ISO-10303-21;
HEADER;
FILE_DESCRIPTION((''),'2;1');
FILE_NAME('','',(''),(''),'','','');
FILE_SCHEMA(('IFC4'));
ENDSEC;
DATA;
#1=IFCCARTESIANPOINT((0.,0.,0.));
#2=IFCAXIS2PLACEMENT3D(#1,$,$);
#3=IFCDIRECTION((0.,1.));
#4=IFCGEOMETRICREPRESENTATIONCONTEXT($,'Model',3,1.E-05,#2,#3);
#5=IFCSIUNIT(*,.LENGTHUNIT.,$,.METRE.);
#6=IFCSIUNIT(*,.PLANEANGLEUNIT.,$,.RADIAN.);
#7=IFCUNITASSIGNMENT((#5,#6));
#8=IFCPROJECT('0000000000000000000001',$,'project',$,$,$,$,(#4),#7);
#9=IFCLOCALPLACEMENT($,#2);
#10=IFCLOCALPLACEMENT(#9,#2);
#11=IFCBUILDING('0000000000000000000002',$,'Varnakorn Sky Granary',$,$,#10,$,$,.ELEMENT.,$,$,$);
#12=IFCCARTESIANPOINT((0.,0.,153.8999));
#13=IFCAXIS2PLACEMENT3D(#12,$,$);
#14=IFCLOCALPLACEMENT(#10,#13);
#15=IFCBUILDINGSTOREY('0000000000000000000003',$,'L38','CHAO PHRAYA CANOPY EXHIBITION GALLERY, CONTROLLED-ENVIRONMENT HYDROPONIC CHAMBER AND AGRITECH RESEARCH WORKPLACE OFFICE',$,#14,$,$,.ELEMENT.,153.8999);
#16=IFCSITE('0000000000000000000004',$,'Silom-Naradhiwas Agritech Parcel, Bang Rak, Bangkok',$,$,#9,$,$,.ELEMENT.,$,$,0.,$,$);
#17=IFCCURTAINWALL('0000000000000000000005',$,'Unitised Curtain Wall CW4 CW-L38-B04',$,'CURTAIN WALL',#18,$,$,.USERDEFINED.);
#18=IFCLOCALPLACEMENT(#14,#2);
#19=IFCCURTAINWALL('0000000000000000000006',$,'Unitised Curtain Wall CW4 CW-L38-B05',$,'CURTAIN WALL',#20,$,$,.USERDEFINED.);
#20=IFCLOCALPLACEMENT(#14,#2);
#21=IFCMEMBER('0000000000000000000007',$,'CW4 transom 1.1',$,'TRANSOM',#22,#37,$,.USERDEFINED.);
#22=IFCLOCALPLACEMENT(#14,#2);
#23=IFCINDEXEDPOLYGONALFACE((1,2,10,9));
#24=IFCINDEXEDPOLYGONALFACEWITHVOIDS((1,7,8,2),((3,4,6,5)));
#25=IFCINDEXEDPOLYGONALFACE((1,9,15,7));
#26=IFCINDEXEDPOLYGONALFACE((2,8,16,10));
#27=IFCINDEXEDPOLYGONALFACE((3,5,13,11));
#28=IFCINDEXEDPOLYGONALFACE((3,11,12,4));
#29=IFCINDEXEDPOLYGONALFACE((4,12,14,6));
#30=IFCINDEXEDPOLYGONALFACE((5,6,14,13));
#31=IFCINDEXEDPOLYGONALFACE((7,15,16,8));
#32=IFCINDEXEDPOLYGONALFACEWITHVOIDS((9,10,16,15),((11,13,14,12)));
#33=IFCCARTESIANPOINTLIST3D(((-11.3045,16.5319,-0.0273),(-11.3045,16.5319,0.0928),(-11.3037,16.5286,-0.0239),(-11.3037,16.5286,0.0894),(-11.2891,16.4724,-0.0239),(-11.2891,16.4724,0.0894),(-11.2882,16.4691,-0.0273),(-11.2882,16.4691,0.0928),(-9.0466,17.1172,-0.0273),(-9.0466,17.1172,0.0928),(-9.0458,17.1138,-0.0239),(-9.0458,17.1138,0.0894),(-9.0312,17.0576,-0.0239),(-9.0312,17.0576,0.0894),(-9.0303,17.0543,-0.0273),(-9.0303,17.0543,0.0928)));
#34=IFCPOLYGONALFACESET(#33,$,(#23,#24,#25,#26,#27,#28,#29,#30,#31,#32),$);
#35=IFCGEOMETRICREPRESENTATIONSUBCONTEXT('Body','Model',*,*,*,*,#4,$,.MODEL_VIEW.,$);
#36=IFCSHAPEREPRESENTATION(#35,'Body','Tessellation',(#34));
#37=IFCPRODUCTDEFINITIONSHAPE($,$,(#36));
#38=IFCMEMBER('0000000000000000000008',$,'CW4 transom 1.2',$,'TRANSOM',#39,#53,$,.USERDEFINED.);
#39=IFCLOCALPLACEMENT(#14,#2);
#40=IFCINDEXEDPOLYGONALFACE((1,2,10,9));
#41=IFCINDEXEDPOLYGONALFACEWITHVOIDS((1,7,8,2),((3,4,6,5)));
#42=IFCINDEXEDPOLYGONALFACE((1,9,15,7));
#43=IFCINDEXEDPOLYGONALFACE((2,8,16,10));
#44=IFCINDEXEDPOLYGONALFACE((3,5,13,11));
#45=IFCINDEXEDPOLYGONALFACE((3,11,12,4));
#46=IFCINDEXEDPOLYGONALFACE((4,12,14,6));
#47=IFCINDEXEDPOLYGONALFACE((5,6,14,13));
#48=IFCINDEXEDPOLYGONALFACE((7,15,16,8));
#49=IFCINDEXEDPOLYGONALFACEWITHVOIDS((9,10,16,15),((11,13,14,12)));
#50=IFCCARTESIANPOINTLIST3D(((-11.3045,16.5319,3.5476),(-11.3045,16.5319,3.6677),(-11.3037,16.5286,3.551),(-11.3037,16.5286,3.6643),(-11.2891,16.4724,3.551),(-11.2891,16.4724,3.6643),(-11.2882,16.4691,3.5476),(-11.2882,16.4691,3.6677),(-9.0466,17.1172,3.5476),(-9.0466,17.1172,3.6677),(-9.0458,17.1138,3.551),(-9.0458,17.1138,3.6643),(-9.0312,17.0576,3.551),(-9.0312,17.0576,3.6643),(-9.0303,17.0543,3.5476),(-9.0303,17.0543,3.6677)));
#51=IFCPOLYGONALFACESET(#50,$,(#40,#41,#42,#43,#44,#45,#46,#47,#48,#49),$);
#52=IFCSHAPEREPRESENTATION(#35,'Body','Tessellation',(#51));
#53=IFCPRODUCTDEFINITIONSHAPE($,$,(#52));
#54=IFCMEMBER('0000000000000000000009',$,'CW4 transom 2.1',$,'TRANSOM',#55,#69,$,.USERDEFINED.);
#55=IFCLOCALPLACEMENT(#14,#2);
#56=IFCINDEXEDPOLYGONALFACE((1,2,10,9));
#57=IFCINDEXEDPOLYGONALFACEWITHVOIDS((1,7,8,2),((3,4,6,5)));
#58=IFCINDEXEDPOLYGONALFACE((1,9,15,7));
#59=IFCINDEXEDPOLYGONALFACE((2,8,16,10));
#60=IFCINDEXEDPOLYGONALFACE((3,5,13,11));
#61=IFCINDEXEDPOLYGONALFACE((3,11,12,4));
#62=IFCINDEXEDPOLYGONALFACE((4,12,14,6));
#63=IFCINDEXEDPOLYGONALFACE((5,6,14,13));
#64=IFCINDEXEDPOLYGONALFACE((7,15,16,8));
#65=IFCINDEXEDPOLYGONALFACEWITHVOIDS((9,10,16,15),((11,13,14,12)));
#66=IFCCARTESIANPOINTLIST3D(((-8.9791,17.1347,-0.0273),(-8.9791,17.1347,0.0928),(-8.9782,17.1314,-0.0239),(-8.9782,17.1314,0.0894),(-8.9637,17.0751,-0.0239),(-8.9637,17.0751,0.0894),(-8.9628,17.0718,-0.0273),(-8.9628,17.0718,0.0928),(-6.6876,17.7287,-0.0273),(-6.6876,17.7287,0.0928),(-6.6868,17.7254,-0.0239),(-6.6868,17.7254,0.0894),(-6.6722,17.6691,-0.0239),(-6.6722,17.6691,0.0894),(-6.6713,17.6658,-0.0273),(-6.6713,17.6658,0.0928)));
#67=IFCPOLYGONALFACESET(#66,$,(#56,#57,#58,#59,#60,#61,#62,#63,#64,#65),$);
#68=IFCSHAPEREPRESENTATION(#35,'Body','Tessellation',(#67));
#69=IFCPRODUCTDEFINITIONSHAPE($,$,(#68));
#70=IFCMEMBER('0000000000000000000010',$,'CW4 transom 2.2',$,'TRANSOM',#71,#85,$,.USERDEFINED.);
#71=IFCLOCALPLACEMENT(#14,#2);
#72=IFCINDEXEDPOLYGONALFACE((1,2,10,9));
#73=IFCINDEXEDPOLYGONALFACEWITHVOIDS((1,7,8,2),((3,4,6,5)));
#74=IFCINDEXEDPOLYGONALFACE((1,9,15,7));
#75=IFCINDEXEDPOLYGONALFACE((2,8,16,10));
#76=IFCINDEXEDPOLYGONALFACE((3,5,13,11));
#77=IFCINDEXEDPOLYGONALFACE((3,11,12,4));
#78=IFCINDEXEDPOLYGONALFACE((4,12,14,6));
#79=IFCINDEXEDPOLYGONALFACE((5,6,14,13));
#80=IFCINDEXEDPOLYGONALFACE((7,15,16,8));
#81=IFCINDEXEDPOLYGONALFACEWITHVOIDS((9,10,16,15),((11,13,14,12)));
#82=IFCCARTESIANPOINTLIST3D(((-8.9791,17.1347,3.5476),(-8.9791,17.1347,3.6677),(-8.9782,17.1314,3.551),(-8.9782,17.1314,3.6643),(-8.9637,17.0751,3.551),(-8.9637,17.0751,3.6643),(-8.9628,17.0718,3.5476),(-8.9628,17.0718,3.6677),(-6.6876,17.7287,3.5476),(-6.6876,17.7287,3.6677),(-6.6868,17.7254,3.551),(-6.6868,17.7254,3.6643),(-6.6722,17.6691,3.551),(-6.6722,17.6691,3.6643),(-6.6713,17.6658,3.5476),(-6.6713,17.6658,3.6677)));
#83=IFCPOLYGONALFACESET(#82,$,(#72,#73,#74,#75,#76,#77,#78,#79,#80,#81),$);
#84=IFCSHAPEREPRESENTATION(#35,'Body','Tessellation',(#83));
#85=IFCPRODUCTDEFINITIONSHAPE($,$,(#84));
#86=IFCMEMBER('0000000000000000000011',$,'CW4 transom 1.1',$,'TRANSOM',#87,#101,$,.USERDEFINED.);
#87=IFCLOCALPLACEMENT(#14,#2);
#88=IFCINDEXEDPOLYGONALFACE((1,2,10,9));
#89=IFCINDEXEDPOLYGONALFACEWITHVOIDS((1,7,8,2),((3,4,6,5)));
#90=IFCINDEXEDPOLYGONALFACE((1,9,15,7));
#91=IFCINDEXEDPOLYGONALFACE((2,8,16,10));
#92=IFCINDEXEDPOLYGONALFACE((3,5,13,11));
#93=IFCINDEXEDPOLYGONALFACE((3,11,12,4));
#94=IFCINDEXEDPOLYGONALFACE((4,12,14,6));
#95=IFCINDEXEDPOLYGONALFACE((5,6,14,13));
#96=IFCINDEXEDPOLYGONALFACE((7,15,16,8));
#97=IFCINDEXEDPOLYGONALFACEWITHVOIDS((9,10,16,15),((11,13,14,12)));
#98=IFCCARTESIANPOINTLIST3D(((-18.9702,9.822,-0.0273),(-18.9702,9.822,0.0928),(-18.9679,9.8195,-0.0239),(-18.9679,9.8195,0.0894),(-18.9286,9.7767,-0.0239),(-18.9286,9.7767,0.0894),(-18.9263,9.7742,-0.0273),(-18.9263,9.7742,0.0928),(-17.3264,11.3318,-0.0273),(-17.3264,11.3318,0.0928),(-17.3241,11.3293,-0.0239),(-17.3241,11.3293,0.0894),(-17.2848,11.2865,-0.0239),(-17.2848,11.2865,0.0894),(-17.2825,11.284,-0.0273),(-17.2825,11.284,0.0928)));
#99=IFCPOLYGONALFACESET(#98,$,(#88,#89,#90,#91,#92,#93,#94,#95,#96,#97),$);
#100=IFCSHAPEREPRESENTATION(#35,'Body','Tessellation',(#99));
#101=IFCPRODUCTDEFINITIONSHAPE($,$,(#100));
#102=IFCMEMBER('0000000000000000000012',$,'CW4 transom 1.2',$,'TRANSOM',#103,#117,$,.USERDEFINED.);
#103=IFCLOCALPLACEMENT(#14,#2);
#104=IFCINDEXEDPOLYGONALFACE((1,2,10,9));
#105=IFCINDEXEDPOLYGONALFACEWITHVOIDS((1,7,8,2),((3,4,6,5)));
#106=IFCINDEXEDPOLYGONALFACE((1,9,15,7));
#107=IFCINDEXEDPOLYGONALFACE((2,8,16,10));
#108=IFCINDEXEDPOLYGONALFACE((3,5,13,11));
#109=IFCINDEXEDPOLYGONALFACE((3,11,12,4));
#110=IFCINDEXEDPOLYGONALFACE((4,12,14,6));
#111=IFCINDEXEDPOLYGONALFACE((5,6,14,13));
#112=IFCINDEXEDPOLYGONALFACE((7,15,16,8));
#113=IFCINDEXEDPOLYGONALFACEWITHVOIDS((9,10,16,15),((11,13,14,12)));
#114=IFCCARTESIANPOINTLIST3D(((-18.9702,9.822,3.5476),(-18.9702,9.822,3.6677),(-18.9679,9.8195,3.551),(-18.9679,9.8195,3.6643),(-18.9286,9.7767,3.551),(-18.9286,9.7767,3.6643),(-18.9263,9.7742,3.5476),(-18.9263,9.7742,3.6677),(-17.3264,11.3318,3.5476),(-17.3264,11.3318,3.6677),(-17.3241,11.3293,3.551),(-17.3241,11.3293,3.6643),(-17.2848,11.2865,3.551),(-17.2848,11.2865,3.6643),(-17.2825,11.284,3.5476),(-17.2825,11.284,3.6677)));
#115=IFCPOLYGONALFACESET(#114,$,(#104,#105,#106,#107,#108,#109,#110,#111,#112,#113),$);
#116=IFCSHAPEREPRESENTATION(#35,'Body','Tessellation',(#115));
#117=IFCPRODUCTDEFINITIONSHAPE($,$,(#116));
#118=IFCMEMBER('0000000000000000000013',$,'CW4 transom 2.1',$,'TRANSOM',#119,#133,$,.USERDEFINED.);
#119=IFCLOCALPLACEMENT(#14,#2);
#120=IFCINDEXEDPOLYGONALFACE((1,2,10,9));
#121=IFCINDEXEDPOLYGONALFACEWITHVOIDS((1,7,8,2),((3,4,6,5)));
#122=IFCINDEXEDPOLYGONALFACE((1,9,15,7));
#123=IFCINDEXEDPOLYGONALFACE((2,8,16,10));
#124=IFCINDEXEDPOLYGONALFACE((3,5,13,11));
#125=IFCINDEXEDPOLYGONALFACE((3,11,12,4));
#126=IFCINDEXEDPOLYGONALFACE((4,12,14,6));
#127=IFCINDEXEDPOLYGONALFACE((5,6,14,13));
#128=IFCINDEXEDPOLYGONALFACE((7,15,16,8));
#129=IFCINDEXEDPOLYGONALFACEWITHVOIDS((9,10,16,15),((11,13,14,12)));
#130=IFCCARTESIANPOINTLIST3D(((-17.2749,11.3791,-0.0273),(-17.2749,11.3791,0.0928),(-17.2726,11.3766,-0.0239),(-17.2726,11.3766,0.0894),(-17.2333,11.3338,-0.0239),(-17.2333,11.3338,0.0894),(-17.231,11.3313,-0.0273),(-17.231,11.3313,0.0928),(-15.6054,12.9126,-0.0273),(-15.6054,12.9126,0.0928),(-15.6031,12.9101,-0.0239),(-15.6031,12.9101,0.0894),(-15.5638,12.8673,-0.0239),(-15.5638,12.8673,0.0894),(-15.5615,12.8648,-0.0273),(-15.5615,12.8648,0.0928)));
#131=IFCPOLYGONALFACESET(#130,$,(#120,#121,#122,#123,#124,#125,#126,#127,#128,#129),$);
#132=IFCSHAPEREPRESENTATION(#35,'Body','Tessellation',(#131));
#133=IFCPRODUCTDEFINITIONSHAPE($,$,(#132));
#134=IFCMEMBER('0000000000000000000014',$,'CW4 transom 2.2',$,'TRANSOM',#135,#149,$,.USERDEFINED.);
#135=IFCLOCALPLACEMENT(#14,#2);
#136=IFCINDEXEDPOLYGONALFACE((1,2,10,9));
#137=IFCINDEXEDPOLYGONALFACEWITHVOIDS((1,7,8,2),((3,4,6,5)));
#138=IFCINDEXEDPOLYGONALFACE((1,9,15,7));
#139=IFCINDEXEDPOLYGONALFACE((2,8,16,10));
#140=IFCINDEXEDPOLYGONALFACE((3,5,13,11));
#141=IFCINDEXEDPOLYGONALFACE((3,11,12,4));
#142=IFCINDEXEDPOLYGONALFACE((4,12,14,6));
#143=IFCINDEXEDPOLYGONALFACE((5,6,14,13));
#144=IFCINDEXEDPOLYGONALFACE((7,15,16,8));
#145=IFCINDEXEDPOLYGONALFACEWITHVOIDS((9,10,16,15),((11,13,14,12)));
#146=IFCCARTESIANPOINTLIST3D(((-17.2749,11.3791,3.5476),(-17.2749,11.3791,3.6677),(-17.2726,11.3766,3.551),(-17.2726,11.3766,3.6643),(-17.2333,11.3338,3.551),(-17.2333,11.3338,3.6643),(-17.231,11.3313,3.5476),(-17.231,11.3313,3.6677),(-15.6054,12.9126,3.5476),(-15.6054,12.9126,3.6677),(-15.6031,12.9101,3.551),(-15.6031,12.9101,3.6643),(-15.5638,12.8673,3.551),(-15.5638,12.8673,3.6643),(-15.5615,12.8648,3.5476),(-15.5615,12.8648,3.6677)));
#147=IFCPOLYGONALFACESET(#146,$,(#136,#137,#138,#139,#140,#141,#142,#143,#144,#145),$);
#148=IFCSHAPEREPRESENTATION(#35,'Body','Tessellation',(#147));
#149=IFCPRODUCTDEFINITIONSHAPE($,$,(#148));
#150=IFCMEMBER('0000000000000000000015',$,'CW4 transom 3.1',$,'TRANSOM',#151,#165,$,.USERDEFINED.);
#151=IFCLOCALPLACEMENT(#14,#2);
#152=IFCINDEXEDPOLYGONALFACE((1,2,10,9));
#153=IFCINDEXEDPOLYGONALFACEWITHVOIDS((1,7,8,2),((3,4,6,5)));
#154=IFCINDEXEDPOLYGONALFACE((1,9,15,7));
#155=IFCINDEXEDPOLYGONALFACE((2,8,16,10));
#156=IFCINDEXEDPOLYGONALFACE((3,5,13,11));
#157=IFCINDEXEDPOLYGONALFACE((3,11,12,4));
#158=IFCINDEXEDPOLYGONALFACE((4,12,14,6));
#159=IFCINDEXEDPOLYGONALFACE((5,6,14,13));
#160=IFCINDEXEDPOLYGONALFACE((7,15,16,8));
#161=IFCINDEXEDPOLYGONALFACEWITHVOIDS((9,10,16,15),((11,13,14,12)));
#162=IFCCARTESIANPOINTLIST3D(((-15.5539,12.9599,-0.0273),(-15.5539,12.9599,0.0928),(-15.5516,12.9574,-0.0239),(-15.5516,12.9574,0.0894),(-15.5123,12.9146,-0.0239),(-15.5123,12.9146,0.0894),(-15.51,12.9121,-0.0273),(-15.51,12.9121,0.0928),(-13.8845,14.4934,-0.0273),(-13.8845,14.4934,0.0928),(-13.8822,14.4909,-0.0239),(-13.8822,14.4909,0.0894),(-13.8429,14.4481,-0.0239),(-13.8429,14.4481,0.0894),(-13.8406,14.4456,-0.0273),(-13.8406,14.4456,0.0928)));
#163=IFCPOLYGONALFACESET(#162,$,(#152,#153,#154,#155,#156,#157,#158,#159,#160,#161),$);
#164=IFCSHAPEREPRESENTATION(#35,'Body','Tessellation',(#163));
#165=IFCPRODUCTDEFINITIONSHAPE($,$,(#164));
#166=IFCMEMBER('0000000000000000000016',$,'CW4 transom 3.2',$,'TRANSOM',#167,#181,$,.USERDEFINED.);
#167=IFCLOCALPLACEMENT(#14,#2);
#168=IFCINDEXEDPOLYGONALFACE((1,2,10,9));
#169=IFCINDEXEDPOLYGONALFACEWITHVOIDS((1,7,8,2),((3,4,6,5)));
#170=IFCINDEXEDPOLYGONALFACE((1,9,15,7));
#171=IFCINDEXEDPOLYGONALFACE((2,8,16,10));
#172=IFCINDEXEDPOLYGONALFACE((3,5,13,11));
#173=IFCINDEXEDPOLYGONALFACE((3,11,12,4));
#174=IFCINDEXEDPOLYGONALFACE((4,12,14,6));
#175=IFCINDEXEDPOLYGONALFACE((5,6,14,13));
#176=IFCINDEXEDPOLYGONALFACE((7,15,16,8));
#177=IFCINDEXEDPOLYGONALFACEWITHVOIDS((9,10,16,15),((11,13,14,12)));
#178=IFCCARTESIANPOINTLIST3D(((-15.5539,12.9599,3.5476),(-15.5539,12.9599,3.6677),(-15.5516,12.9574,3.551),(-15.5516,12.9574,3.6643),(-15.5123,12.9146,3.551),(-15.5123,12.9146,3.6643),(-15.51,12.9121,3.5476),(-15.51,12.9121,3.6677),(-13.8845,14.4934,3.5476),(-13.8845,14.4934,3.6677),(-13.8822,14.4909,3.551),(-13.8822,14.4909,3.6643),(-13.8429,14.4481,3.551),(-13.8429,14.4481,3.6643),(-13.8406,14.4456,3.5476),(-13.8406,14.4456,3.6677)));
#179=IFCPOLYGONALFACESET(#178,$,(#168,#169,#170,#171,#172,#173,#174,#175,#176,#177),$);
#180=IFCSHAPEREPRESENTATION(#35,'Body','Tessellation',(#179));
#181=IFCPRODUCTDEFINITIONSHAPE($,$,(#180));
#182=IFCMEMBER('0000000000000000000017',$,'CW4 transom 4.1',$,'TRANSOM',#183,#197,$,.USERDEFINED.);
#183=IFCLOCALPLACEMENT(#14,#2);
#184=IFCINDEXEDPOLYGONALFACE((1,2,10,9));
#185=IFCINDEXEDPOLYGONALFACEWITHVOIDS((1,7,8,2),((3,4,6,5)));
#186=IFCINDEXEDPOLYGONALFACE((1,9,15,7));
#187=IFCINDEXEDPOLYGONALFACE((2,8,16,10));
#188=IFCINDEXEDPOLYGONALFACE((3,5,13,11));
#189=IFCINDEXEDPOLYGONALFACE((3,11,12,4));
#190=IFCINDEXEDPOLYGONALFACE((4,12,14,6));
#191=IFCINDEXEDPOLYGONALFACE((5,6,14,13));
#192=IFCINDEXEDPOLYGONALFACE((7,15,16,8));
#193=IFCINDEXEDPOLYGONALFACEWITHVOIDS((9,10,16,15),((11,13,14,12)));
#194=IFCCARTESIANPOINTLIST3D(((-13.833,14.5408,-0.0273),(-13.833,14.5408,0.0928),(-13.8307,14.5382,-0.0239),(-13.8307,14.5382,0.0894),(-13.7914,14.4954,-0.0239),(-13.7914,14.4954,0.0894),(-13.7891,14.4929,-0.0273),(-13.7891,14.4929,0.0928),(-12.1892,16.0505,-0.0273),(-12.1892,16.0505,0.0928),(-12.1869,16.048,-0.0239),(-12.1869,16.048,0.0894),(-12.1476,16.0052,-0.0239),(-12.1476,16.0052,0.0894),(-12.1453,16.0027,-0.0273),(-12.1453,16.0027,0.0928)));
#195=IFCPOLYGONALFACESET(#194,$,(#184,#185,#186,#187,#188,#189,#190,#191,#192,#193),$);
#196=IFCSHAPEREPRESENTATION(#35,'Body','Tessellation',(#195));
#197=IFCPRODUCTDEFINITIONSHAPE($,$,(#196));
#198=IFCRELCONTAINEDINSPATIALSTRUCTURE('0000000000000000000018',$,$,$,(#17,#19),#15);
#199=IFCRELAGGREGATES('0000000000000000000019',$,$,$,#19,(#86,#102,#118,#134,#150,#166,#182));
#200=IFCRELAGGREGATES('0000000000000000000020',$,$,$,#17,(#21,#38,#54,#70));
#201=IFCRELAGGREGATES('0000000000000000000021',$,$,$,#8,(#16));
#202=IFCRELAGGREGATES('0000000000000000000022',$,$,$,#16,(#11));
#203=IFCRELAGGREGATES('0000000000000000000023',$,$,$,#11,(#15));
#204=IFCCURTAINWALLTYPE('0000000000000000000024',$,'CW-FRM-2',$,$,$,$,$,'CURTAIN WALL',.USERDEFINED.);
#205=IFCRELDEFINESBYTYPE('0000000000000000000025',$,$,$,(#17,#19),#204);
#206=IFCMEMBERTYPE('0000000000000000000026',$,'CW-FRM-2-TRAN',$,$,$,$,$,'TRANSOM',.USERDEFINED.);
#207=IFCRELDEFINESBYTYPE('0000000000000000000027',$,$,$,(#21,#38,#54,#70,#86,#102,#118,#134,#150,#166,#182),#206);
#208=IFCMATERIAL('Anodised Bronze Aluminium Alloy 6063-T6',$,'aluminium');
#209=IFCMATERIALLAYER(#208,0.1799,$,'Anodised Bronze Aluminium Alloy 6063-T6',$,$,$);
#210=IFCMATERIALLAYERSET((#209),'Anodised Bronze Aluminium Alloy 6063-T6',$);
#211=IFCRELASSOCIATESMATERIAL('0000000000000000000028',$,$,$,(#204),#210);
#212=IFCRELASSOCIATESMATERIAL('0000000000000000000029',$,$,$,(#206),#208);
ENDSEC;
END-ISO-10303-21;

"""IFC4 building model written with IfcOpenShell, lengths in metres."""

from ifc_helpers import new_model, si_unit, direction, frame, origin, origin_2d, place, context, subcontext, project, spatial, hollow_rectangle, extrude, material, layer, layer_set, material_profile, profile_set, type_object, element, aggregate, save


model = new_model("IFC4")

# Units and contexts
model_context = context("Model", 3, precision=1e-05, world=origin(), true_north=direction((0.0, 1.0)))
body_context = subcontext(model_context, "Body", "Model", "MODEL_VIEW")
ifc_project = project(units=[si_unit("LENGTHUNIT", "METRE"), si_unit("PLANEANGLEUNIT", "RADIAN")], contexts=[model_context])

# Site, building, storey
site_placement = place(None, origin())
site = spatial("IfcSite", under=ifc_project, at=site_placement, Name="Silom-Naradhiwas Agritech Parcel, Bang Rak, Bangkok", CompositionType="ELEMENT", RefElevation=0.0)
building_placement = place(site_placement, origin())
building = spatial("IfcBuilding", under=site, at=building_placement, Name="Varnakorn Sky Granary", CompositionType="ELEMENT")
storey_placement = place(building_placement, frame((0.0, 0.0, 153.8999)))
storey = spatial("IfcBuildingStorey", under=building, at=storey_placement, Name="L38", Description="CHAO PHRAYA CANOPY EXHIBITION GALLERY, CONTROLLED-ENVIRONMENT HYDROPONIC CHAMBER AND AGRITECH RESEARCH WORKPLACE OFFICE", CompositionType="ELEMENT", Elevation=153.8999)

# Curtain walls
ifc_material_1 = material(Name="Anodised Bronze Aluminium Alloy 6063-T6", Category="aluminium")
ifc_layer_1 = layer(ifc_material_1, 0.1799, Name="Anodised Bronze Aluminium Alloy 6063-T6")
ifc_layer_set_1 = layer_set([ifc_layer_1], Name="Anodised Bronze Aluminium Alloy 6063-T6")
curtain_wall_type = type_object("IfcCurtainWallType", Name="CW-FRM-2", ElementType="CURTAIN WALL", PredefinedType="USERDEFINED", material=ifc_layer_set_1)
curtain_wall_1_placement = place(storey_placement, origin())
curtain_wall_1 = element("IfcCurtainWall", 1, at=curtain_wall_1_placement, inside=storey, type_object=curtain_wall_type, Name="Unitised Curtain Wall CW4 CW-L38-B04", ObjectType="CURTAIN WALL", PredefinedType="USERDEFINED")
curtain_wall_2_placement = place(storey_placement, origin())
curtain_wall_2 = element("IfcCurtainWall", 2, at=curtain_wall_2_placement, inside=storey, type_object=curtain_wall_type, Name="Unitised Curtain Wall CW4 CW-L38-B05", ObjectType="CURTAIN WALL", PredefinedType="USERDEFINED")

# Members
ifc_material_profile_1 = material_profile(ifc_material_1, hollow_rectangle(XDim=0.0649, YDim=0.1201, WallThickness=0.0034, at=origin_2d()), Name="ALU TRAN 65x120")
ifc_profile_set_1 = profile_set([ifc_material_profile_1], Name="Anodised Bronze Aluminium Alloy 6063-T6")
member_type_1 = type_object("IfcMemberType", Name="CW-FRM-2-TRAN", ElementType="TRANSOM", PredefinedType="USERDEFINED", material=ifc_profile_set_1)
member_1_placement = place(storey_placement, frame((-11.2964, 16.5005, 0.0327), z_axis=(0.968013, 0.2509, 0.0), x_axis=(-0.2509, 0.968013, 0.0)))
member_1 = element("IfcMember", 3, at=member_1_placement, type_object=member_type_1, Name="CW4 transom 1.1", ObjectType="TRANSOM", PredefinedType="USERDEFINED", context=body_context, shape_type="SweptSolid", body=[
    extrude(hollow_rectangle(XDim=0.0649, YDim=0.1201, WallThickness=0.0034, at=origin_2d()), origin(), (0.0, 0.0, 1.0), 2.3325),
])
member_2_placement = place(storey_placement, frame((-11.2964, 16.5005, 3.6077), z_axis=(0.968013, 0.2509, 0.0), x_axis=(-0.2509, 0.968013, 0.0)))
member_2 = element("IfcMember", 4, at=member_2_placement, type_object=member_type_1, Name="CW4 transom 1.2", ObjectType="TRANSOM", PredefinedType="USERDEFINED", context=body_context, shape_type="SweptSolid", body=[
    extrude(hollow_rectangle(XDim=0.0649, YDim=0.1201, WallThickness=0.0034, at=origin_2d()), origin(), (0.0, 0.0, 1.0), 2.3325),
])
member_3_placement = place(storey_placement, frame((-8.9709, 17.1033, 0.0327), z_axis=(0.968007, 0.250923, 0.0), x_axis=(-0.250923, 0.968007, 0.0)))
member_3 = element("IfcMember", 5, at=member_3_placement, type_object=member_type_1, Name="CW4 transom 2.1", ObjectType="TRANSOM", PredefinedType="USERDEFINED", context=body_context, shape_type="SweptSolid", body=[
    extrude(hollow_rectangle(XDim=0.0649, YDim=0.1201, WallThickness=0.0034, at=origin_2d()), origin(), (0.0, 0.0, 1.0), 2.3672),
])
member_4_placement = place(storey_placement, frame((-8.9709, 17.1033, 3.6077), z_axis=(0.968007, 0.250923, 0.0), x_axis=(-0.250923, 0.968007, 0.0)))
member_4 = element("IfcMember", 6, at=member_4_placement, type_object=member_type_1, Name="CW4 transom 2.2", ObjectType="TRANSOM", PredefinedType="USERDEFINED", context=body_context, shape_type="SweptSolid", body=[
    extrude(hollow_rectangle(XDim=0.0649, YDim=0.1201, WallThickness=0.0034, at=origin_2d()), origin(), (0.0, 0.0, 1.0), 2.3672),
])
member_5_placement = place(storey_placement, frame((-18.9482, 9.7981, 0.0327), z_axis=(0.736495, 0.676443, 0.0), x_axis=(-0.676443, 0.736495, 0.0)))
member_5 = element("IfcMember", 7, at=member_5_placement, type_object=member_type_1, Name="CW4 transom 1.1", ObjectType="TRANSOM", PredefinedType="USERDEFINED", context=body_context, shape_type="SweptSolid", body=[
    extrude(hollow_rectangle(XDim=0.0649, YDim=0.1201, WallThickness=0.0034, at=origin_2d()), origin(), (0.0, 0.0, 1.0), 2.2319),
])
member_6_placement = place(storey_placement, frame((-18.9482, 9.7981, 3.6077), z_axis=(0.736495, 0.676443, 0.0), x_axis=(-0.676443, 0.736495, 0.0)))
member_6 = element("IfcMember", 8, at=member_6_placement, type_object=member_type_1, Name="CW4 transom 1.2", ObjectType="TRANSOM", PredefinedType="USERDEFINED", context=body_context, shape_type="SweptSolid", body=[
    extrude(hollow_rectangle(XDim=0.0649, YDim=0.1201, WallThickness=0.0034, at=origin_2d()), origin(), (0.0, 0.0, 1.0), 2.2319),
])
member_7_placement = place(storey_placement, frame((-17.2529, 11.3552, 0.0327), z_axis=(0.736465, 0.676475, 0.0), x_axis=(-0.676475, 0.736465, 0.0)))
member_7 = element("IfcMember", 9, at=member_7_placement, type_object=member_type_1, Name="CW4 transom 2.1", ObjectType="TRANSOM", PredefinedType="USERDEFINED", context=body_context, shape_type="SweptSolid", body=[
    extrude(hollow_rectangle(XDim=0.0649, YDim=0.1201, WallThickness=0.0034, at=origin_2d()), origin(), (0.0, 0.0, 1.0), 2.2668),
])
member_8_placement = place(storey_placement, frame((-17.2529, 11.3552, 3.6077), z_axis=(0.736465, 0.676475, 0.0), x_axis=(-0.676475, 0.736465, 0.0)))
member_8 = element("IfcMember", 10, at=member_8_placement, type_object=member_type_1, Name="CW4 transom 2.2", ObjectType="TRANSOM", PredefinedType="USERDEFINED", context=body_context, shape_type="SweptSolid", body=[
    extrude(hollow_rectangle(XDim=0.0649, YDim=0.1201, WallThickness=0.0034, at=origin_2d()), origin(), (0.0, 0.0, 1.0), 2.2668),
])
member_9_placement = place(storey_placement, frame((-15.532, 12.936, 0.0327), z_axis=(0.736465, 0.676475, 0.0), x_axis=(-0.676475, 0.736465, 0.0)))
member_9 = element("IfcMember", 11, at=member_9_placement, type_object=member_type_1, Name="CW4 transom 3.1", ObjectType="TRANSOM", PredefinedType="USERDEFINED", context=body_context, shape_type="SweptSolid", body=[
    extrude(hollow_rectangle(XDim=0.0649, YDim=0.1201, WallThickness=0.0034, at=origin_2d()), origin(), (0.0, 0.0, 1.0), 2.2668),
])
member_10_placement = place(storey_placement, frame((-15.532, 12.936, 3.6077), z_axis=(0.736465, 0.676475, 0.0), x_axis=(-0.676475, 0.736465, 0.0)))
member_10 = element("IfcMember", 12, at=member_10_placement, type_object=member_type_1, Name="CW4 transom 3.2", ObjectType="TRANSOM", PredefinedType="USERDEFINED", context=body_context, shape_type="SweptSolid", body=[
    extrude(hollow_rectangle(XDim=0.0649, YDim=0.1201, WallThickness=0.0034, at=origin_2d()), origin(), (0.0, 0.0, 1.0), 2.2668),
])
member_11_placement = place(storey_placement, frame((-13.811, 14.5168, 0.0327), z_axis=(0.736495, 0.676443, 0.0), x_axis=(-0.676443, 0.736495, 0.0)))
member_11 = element("IfcMember", 13, at=member_11_placement, type_object=member_type_1, Name="CW4 transom 4.1", ObjectType="TRANSOM", PredefinedType="USERDEFINED", context=body_context, shape_type="SweptSolid", body=[
    extrude(hollow_rectangle(XDim=0.0649, YDim=0.1201, WallThickness=0.0034, at=origin_2d()), origin(), (0.0, 0.0, 1.0), 2.2319),
])

aggregate(curtain_wall_2, [member_5, member_6, member_7, member_8, member_9, member_10, member_11])
aggregate(curtain_wall_1, [member_1, member_2, member_3, member_4])

save(model, "model.ifc")
